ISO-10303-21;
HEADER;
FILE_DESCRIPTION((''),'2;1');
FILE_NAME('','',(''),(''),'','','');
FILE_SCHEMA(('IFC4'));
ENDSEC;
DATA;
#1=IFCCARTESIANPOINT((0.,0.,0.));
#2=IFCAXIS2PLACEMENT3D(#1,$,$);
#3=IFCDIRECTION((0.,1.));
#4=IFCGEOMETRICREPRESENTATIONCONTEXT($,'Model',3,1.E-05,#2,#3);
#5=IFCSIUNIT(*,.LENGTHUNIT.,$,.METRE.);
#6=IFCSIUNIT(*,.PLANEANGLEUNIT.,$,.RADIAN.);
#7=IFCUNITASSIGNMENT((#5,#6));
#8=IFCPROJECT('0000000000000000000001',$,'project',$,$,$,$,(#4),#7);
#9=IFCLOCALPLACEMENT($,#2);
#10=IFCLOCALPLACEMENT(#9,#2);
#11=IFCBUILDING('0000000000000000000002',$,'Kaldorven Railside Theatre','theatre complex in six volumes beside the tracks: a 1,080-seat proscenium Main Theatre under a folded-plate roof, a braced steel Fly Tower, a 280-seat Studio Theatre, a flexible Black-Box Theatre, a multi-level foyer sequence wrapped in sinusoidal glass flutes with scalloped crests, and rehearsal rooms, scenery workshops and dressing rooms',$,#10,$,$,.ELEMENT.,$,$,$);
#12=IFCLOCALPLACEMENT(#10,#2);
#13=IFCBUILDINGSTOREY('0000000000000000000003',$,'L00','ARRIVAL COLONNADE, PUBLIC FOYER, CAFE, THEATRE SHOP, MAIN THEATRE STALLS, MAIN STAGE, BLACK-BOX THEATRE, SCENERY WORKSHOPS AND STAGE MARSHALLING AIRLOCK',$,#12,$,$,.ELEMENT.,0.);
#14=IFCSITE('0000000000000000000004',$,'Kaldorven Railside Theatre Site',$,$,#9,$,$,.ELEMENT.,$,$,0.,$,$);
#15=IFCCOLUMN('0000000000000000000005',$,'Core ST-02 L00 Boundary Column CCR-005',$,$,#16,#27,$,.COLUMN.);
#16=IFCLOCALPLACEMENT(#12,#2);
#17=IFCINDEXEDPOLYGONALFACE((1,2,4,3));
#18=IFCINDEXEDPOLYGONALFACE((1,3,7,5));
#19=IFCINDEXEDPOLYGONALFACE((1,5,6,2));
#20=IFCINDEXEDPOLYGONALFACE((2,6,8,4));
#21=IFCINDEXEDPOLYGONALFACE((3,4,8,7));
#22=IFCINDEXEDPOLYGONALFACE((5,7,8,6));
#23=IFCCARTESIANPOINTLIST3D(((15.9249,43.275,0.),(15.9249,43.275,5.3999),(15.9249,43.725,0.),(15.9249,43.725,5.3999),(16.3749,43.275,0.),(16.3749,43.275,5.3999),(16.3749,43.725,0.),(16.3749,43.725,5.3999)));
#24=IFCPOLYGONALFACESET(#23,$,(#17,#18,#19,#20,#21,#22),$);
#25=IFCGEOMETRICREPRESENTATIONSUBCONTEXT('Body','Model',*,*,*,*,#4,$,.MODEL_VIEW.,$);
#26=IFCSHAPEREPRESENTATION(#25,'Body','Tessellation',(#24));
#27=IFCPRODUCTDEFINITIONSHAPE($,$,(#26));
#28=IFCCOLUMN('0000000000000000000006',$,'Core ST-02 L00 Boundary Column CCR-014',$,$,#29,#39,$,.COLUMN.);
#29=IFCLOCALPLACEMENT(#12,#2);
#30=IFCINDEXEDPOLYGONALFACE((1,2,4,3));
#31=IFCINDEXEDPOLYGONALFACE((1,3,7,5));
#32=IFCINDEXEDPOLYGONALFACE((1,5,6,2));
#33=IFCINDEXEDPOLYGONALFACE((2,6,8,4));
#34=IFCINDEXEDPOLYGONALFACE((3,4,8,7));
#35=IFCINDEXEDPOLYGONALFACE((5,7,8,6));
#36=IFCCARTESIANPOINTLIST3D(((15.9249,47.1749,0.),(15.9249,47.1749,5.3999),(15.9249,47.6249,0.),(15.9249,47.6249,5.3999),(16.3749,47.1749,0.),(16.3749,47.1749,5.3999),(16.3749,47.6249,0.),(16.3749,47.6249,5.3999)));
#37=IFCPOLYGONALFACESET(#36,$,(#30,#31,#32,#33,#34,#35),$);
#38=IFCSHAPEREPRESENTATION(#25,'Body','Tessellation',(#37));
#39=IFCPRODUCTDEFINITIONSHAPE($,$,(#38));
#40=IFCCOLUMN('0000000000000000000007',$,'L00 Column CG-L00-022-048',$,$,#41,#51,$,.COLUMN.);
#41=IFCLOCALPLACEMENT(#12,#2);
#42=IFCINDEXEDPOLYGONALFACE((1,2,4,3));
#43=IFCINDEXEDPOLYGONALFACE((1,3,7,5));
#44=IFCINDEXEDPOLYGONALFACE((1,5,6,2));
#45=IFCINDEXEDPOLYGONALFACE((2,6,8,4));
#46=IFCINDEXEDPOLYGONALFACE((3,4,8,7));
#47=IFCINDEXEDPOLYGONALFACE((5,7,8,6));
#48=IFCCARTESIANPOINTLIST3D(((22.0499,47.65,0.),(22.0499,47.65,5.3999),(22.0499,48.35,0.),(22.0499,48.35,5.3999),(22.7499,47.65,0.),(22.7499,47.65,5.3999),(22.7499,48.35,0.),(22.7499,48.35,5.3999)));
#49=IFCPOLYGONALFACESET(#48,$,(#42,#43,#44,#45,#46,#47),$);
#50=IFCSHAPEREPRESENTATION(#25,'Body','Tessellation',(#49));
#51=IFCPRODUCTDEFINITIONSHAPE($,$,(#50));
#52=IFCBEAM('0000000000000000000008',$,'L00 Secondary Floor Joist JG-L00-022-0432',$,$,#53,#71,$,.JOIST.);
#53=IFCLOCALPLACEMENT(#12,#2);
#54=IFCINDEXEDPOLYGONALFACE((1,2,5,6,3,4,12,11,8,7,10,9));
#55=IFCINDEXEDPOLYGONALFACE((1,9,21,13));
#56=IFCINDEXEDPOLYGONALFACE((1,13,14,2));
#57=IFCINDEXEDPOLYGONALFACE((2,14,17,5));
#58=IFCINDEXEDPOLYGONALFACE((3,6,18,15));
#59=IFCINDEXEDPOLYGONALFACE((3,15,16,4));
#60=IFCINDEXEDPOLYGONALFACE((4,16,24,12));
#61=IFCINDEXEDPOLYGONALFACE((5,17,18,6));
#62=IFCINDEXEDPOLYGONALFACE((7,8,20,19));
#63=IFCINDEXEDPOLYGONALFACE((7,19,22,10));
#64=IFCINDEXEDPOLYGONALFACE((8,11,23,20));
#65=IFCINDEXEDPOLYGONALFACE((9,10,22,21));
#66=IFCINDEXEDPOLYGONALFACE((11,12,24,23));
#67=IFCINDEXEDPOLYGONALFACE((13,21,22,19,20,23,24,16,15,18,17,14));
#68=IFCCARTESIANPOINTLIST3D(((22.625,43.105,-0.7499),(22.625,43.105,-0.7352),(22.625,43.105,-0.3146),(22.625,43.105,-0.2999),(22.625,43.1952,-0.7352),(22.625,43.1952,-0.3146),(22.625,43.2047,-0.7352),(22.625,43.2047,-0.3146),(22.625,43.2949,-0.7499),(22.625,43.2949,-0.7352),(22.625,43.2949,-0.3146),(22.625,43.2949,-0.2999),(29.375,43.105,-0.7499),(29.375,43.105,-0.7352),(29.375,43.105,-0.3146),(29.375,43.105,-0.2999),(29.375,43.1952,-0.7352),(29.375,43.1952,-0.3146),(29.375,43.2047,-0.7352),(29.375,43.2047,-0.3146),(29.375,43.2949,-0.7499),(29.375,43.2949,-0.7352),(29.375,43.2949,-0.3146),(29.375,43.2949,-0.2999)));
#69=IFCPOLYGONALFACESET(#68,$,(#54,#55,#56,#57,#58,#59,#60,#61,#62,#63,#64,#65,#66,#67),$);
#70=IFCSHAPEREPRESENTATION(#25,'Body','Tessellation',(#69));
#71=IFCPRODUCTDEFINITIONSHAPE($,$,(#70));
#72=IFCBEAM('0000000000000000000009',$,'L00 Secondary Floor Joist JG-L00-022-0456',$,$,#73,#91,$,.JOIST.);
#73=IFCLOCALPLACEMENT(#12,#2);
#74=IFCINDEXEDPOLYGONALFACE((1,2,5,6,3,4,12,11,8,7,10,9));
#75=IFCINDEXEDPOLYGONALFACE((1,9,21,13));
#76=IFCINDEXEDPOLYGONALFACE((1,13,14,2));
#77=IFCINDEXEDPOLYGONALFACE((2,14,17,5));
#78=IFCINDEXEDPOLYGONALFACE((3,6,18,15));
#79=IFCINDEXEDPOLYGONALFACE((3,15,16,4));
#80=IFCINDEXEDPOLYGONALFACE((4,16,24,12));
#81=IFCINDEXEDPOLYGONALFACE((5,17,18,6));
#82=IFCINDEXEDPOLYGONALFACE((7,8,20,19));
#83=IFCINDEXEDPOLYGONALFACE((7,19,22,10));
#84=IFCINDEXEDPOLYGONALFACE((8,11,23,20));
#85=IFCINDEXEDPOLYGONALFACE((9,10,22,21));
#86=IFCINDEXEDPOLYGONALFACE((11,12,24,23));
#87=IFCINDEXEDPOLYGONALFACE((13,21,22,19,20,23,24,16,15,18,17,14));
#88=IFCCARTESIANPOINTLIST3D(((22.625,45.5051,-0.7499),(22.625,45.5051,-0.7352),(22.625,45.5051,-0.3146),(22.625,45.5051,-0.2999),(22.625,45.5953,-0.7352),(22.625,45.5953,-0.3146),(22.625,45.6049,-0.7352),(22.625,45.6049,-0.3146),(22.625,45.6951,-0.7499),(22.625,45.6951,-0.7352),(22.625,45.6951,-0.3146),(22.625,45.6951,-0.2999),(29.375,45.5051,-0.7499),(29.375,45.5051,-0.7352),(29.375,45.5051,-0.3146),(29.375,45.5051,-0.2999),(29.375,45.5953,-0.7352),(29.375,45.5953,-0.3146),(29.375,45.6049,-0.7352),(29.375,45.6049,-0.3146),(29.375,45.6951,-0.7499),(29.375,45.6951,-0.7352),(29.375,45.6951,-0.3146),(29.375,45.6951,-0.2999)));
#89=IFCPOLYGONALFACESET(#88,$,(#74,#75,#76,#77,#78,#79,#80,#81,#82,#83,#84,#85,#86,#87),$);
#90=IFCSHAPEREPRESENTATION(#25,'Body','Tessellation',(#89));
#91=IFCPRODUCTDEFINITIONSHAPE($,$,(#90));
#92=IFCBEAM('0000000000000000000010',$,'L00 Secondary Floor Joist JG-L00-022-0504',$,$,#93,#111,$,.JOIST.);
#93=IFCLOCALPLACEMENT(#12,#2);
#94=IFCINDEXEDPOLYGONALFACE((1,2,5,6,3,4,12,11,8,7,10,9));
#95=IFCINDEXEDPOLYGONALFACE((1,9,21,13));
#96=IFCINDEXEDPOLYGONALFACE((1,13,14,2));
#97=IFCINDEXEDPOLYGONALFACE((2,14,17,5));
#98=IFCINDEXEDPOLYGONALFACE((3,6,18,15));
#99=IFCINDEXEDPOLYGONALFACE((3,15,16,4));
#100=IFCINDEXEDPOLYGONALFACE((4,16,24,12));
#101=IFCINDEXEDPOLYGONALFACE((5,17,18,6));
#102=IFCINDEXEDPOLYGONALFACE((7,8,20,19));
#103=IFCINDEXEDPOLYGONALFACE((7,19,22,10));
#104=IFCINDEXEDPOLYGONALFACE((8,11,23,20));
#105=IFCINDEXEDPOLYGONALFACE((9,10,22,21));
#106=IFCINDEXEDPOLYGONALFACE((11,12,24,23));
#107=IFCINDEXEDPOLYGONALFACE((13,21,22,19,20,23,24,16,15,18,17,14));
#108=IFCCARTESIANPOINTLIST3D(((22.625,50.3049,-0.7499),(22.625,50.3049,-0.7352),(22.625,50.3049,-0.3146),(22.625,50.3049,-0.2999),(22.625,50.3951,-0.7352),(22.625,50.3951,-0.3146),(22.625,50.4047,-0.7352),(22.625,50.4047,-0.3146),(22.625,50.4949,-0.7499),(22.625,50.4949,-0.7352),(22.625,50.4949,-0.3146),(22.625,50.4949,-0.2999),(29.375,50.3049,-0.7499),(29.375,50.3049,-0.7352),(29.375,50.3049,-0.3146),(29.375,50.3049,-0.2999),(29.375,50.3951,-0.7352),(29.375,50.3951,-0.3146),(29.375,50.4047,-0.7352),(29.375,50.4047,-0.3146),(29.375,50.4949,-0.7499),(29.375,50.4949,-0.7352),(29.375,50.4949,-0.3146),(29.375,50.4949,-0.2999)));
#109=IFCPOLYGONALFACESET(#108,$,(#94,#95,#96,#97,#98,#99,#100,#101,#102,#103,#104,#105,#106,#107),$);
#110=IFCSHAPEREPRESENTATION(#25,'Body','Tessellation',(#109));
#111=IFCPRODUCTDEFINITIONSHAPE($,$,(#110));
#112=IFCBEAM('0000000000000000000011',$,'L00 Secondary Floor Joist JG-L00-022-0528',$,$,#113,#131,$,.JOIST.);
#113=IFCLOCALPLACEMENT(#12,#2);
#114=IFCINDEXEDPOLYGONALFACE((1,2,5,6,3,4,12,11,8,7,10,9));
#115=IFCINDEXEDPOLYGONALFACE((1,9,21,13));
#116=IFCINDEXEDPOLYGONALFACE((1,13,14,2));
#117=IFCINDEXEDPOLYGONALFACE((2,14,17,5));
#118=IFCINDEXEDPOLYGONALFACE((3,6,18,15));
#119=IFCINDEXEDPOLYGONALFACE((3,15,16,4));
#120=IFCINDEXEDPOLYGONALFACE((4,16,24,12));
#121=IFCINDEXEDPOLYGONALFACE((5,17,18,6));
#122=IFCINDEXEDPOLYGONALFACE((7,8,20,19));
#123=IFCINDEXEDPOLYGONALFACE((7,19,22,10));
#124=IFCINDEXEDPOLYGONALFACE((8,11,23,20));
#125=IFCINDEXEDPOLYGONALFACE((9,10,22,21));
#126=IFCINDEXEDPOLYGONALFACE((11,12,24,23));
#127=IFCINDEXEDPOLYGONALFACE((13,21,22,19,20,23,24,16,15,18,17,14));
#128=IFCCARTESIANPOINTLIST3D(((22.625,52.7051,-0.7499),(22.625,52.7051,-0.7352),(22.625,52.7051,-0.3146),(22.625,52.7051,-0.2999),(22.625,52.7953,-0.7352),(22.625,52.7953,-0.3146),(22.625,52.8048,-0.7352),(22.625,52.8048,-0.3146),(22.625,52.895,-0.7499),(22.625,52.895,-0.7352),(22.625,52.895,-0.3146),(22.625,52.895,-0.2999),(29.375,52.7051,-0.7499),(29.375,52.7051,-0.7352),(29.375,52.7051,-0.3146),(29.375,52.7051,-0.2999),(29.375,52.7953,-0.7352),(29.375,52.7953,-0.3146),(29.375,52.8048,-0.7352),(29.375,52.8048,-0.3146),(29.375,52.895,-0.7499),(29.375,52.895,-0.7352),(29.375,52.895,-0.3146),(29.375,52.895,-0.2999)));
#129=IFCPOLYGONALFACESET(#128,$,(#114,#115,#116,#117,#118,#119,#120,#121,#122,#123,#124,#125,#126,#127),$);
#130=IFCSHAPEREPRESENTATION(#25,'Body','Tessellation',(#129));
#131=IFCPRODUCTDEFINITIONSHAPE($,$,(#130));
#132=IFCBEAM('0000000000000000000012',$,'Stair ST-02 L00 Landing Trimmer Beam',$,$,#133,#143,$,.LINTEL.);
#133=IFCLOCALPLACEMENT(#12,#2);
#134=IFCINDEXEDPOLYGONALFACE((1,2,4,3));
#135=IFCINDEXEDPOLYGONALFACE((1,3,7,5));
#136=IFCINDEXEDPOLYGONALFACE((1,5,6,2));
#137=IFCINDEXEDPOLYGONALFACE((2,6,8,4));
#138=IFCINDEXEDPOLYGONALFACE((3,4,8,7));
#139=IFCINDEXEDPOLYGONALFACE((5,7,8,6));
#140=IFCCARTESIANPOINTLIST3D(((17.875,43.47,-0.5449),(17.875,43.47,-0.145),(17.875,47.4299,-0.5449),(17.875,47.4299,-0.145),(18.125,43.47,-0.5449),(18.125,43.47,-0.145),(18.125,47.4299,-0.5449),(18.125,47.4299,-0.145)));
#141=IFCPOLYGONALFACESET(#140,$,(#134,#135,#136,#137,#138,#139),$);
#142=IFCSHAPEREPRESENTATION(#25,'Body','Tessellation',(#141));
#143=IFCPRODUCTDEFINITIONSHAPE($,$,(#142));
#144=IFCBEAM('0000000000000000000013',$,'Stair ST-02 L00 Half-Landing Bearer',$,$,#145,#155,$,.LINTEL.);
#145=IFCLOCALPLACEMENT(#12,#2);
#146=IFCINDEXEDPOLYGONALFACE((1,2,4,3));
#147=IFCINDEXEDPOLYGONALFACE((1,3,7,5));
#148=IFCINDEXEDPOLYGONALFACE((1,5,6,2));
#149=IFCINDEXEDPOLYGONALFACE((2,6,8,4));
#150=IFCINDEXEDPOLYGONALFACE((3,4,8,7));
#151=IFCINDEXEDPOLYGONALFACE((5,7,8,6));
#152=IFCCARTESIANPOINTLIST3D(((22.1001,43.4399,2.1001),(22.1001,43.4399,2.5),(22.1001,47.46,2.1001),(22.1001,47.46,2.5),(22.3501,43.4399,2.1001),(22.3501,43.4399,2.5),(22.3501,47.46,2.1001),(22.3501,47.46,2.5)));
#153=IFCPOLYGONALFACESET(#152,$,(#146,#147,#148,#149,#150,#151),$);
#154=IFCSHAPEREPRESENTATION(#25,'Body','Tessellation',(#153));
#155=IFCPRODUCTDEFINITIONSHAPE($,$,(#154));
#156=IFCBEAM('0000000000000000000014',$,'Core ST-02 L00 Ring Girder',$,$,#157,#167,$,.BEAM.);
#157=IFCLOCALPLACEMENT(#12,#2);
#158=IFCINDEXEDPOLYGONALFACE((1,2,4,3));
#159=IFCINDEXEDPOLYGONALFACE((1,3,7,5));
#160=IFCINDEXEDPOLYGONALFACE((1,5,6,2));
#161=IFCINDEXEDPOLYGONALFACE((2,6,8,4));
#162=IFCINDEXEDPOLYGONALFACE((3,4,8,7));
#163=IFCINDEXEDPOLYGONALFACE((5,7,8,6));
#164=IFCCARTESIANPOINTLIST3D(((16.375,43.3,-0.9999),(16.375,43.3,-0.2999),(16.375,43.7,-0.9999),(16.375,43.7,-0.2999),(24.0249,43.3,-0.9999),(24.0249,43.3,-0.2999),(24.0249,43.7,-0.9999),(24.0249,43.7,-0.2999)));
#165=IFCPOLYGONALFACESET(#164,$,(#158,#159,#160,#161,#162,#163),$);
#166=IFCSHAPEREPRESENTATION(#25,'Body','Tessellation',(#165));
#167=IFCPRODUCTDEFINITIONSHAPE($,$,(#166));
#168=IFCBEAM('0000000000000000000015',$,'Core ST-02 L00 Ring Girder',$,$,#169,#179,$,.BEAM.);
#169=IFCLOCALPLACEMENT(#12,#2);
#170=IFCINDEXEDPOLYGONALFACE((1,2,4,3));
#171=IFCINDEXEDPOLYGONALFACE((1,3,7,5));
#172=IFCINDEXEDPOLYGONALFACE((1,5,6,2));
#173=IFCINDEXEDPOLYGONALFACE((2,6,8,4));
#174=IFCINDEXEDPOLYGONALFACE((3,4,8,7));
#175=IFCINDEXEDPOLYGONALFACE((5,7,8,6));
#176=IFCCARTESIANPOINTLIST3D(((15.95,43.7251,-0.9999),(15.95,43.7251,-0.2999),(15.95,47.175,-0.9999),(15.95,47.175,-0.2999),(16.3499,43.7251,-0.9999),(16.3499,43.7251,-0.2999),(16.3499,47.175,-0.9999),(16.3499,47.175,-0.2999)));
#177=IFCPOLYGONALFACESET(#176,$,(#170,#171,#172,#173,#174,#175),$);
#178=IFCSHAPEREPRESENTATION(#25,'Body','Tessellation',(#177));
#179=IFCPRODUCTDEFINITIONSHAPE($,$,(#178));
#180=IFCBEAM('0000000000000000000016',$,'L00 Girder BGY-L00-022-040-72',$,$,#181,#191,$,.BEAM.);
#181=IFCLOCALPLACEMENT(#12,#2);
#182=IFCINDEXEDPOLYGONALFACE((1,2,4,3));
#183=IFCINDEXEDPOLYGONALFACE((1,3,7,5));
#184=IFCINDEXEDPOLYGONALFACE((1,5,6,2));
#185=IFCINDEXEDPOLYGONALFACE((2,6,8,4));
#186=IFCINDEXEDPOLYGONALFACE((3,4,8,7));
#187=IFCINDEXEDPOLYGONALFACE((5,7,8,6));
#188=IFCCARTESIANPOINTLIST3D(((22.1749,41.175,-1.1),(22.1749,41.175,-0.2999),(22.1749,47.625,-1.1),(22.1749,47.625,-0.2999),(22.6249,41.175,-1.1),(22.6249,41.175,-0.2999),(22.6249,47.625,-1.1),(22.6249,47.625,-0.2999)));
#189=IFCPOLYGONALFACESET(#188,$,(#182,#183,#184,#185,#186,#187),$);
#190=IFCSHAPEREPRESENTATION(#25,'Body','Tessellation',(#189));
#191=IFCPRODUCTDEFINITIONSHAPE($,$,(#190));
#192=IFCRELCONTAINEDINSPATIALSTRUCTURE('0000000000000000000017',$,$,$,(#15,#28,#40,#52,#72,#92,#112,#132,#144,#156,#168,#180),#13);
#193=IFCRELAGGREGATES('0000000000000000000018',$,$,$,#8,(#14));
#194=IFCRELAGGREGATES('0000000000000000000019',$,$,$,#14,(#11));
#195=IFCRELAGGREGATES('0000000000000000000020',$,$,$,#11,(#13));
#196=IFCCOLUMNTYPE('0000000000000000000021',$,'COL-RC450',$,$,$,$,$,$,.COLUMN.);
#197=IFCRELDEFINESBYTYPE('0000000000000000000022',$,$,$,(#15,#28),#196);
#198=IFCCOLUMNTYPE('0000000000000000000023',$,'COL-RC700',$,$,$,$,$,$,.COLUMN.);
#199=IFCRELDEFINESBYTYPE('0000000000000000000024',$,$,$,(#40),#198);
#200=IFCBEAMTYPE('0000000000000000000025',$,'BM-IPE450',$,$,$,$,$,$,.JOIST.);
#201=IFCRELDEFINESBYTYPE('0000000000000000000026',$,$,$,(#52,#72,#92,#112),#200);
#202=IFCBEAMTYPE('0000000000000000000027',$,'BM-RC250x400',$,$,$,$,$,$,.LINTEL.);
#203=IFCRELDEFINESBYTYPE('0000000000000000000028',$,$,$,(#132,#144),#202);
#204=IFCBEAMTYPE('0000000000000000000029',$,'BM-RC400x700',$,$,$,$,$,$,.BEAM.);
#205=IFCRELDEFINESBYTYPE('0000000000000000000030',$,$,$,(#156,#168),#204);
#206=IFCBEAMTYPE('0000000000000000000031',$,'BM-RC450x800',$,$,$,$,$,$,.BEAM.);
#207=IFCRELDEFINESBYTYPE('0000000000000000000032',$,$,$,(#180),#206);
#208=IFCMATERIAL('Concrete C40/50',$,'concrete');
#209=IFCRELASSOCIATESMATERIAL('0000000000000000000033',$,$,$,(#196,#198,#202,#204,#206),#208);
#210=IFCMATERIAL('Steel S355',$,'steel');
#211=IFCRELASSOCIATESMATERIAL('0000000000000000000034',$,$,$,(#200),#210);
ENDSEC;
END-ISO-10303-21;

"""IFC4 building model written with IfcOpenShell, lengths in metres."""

from ifc_helpers import new_model, si_unit, direction, frame, origin, origin_2d, place, context, subcontext, project, spatial, rectangle, i_section, extrude, material, material_profile, profile_set, type_object, element, save


model = new_model("IFC4")

# Units and contexts
model_context = context("Model", 3, precision=1e-05, world=origin(), true_north=direction((0.0, 1.0)))
body_context = subcontext(model_context, "Body", "Model", "MODEL_VIEW")
ifc_project = project(units=[si_unit("LENGTHUNIT", "METRE"), si_unit("PLANEANGLEUNIT", "RADIAN")], contexts=[model_context])

# Site, building, storey
site_placement = place(None, origin())
site = spatial("IfcSite", under=ifc_project, at=site_placement, Name="Kaldorven Railside Theatre Site", CompositionType="ELEMENT", RefElevation=0.0)
building_placement = place(site_placement, origin())
building = spatial("IfcBuilding", under=site, at=building_placement, Name="Kaldorven Railside Theatre", Description="theatre complex in six volumes beside the tracks: a 1,080-seat proscenium Main Theatre under a folded-plate roof, a braced steel Fly Tower, a 280-seat Studio Theatre, a flexible Black-Box Theatre, a multi-level foyer sequence wrapped in sinusoidal glass flutes with scalloped crests, and rehearsal rooms, scenery workshops and dressing rooms", CompositionType="ELEMENT")
storey_placement = place(building_placement, origin())
storey = spatial("IfcBuildingStorey", under=building, at=storey_placement, Name="L00", Description="ARRIVAL COLONNADE, PUBLIC FOYER, CAFE, THEATRE SHOP, MAIN THEATRE STALLS, MAIN STAGE, BLACK-BOX THEATRE, SCENERY WORKSHOPS AND STAGE MARSHALLING AIRLOCK", CompositionType="ELEMENT", Elevation=0.0)

# Columns
ifc_material_1 = material(Name="Concrete C40/50", Category="concrete")
ifc_material_profile_1 = material_profile(ifc_material_1, rectangle(XDim=0.45, YDim=0.45, at=origin_2d()), Name="RC 450x450")
ifc_profile_set_1 = profile_set([ifc_material_profile_1], Name="Concrete C40/50")
column_type_1 = type_object("IfcColumnType", Name="COL-RC450", PredefinedType="COLUMN", material=ifc_profile_set_1)
for number, where, z_axis, x_axis, name in (
    (1, (16.1499, 43.5, 0.0), (0.0, 0.0, 1.0), (1.0, 0.0, 0.0), "Core ST-02 L00 Boundary Column CCR-005"),
    (2, (16.1499, 47.3999, 0.0), (0.0, 0.0, 1.0), (1.0, 0.0, 0.0), "Core ST-02 L00 Boundary Column CCR-014"),
):
    element("IfcColumn", number, at=place(storey_placement, frame(where, z_axis=z_axis, x_axis=x_axis)), inside=storey, type_object=column_type_1, Name=name, PredefinedType="COLUMN", context=body_context, shape_type="SweptSolid", body=[
        extrude(rectangle(XDim=0.45, YDim=0.45, at=origin_2d()), origin(), (0.0, 0.0, 1.0), 5.3999),
    ])
ifc_material_profile_2 = material_profile(ifc_material_1, rectangle(XDim=0.7, YDim=0.7, at=origin_2d()), Name="RC 700x700")
ifc_profile_set_2 = profile_set([ifc_material_profile_2], Name="Concrete C40/50")
column_type_2 = type_object("IfcColumnType", Name="COL-RC700", PredefinedType="COLUMN", material=ifc_profile_set_2)
column_placement = place(storey_placement, frame((22.3999, 48.0, 0.0), z_axis=(0.0, 0.0, 1.0), x_axis=(1.0, 0.0, 0.0)))
element("IfcColumn", 3, at=column_placement, inside=storey, type_object=column_type_2, Name="L00 Column CG-L00-022-048", PredefinedType="COLUMN", context=body_context, shape_type="SweptSolid", body=[
    extrude(rectangle(XDim=0.7, YDim=0.7, at=origin_2d()), origin(), (0.0, 0.0, 1.0), 5.3999),
])

# Beams
ifc_material_2 = material(Name="Steel S355", Category="steel")
ifc_material_profile_3 = material_profile(ifc_material_2, i_section(OverallWidth=0.1899, OverallDepth=0.45, WebThickness=0.0095, FlangeThickness=0.0146, at=origin_2d()), Name="IPE 450")
ifc_profile_set_3 = profile_set([ifc_material_profile_3], Name="Steel S355")
beam_type_1 = type_object("IfcBeamType", Name="BM-IPE450", PredefinedType="JOIST", material=ifc_profile_set_3)
for number, where, z_axis, x_axis, name in (
    (4, (22.625, 43.2, -0.5249), (1.0, 0.0, 0.0), (0.0, 1.0, 0.0), "L00 Secondary Floor Joist JG-L00-022-0432"),
    (5, (22.625, 45.6001, -0.5249), (1.0, 0.0, 0.0), (0.0, 1.0, 0.0), "L00 Secondary Floor Joist JG-L00-022-0456"),
    (6, (22.625, 50.3999, -0.5249), (1.0, 0.0, 0.0), (0.0, 1.0, 0.0), "L00 Secondary Floor Joist JG-L00-022-0504"),
    (7, (22.625, 52.8, -0.5249), (1.0, 0.0, 0.0), (0.0, 1.0, 0.0), "L00 Secondary Floor Joist JG-L00-022-0528"),
):
    element("IfcBeam", number, at=place(storey_placement, frame(where, z_axis=z_axis, x_axis=x_axis)), inside=storey, type_object=beam_type_1, Name=name, PredefinedType="JOIST", context=body_context, shape_type="SweptSolid", body=[
        extrude(i_section(OverallWidth=0.1899, OverallDepth=0.45, WebThickness=0.0095, FlangeThickness=0.0146, at=origin_2d()), origin(), (0.0, 0.0, 1.0), 6.75),
    ])
ifc_material_profile_4 = material_profile(ifc_material_1, rectangle(XDim=0.25, YDim=0.3999, at=origin_2d()), Name="RC 250x400")
ifc_profile_set_4 = profile_set([ifc_material_profile_4], Name="Concrete C40/50")
beam_type_2 = type_object("IfcBeamType", Name="BM-RC250x400", PredefinedType="LINTEL", material=ifc_profile_set_4)
beam_1_placement = place(storey_placement, frame((18.0, 43.47, -0.345), z_axis=(0.0, 1.0, 0.0), x_axis=(-1.0, 0.0, 0.0)))
element("IfcBeam", 8, at=beam_1_placement, inside=storey, type_object=beam_type_2, Name="Stair ST-02 L00 Landing Trimmer Beam", PredefinedType="LINTEL", context=body_context, shape_type="SweptSolid", body=[
    extrude(rectangle(XDim=0.25, YDim=0.3999, at=origin_2d()), origin(), (0.0, 0.0, 1.0), 3.96),
])
beam_2_placement = place(storey_placement, frame((22.2251, 43.4399, 2.3), z_axis=(0.0, 1.0, 0.0), x_axis=(-1.0, 0.0, 0.0)))
element("IfcBeam", 9, at=beam_2_placement, inside=storey, type_object=beam_type_2, Name="Stair ST-02 L00 Half-Landing Bearer", PredefinedType="LINTEL", context=body_context, shape_type="SweptSolid", body=[
    extrude(rectangle(XDim=0.25, YDim=0.3999, at=origin_2d()), origin(), (0.0, 0.0, 1.0), 4.02),
])
ifc_material_profile_5 = material_profile(ifc_material_1, rectangle(XDim=0.3999, YDim=0.7, at=origin_2d()), Name="RC 400x700")
ifc_profile_set_5 = profile_set([ifc_material_profile_5], Name="Concrete C40/50")
beam_type_3 = type_object("IfcBeamType", Name="BM-RC400x700", PredefinedType="BEAM", material=ifc_profile_set_5)
beam_3_placement = place(storey_placement, frame((16.375, 43.5, -0.6499), z_axis=(1.0, 0.0, 0.0), x_axis=(0.0, 1.0, 0.0)))
element("IfcBeam", 10, at=beam_3_placement, inside=storey, type_object=beam_type_3, Name="Core ST-02 L00 Ring Girder", PredefinedType="BEAM", context=body_context, shape_type="SweptSolid", body=[
    extrude(rectangle(XDim=0.3999, YDim=0.7, at=origin_2d()), origin(), (0.0, 0.0, 1.0), 7.6499),
])
beam_4_placement = place(storey_placement, frame((16.1499, 47.175, -0.6499), z_axis=(0.0, -1.0, 0.0), x_axis=(1.0, 0.0, 0.0)))
element("IfcBeam", 11, at=beam_4_placement, inside=storey, type_object=beam_type_3, Name="Core ST-02 L00 Ring Girder", PredefinedType="BEAM", context=body_context, shape_type="SweptSolid", body=[
    extrude(rectangle(XDim=0.3999, YDim=0.7, at=origin_2d()), origin(), (0.0, 0.0, 1.0), 3.45),
])
ifc_material_profile_6 = material_profile(ifc_material_1, rectangle(XDim=0.45, YDim=0.8, at=origin_2d()), Name="RC 450x800")
ifc_profile_set_6 = profile_set([ifc_material_profile_6], Name="Concrete C40/50")
beam_type_4 = type_object("IfcBeamType", Name="BM-RC450x800", PredefinedType="BEAM", material=ifc_profile_set_6)
for number, where, z_axis, x_axis, name in (
    (12, (22.3999, 41.175, -0.7), (0.0, 1.0, 0.0), (-1.0, 0.0, 0.0), "L00 Girder BGY-L00-022-040-72"),
):
    element("IfcBeam", number, at=place(storey_placement, frame(where, z_axis=z_axis, x_axis=x_axis)), inside=storey, type_object=beam_type_4, Name=name, PredefinedType="BEAM", context=body_context, shape_type="SweptSolid", body=[
        extrude(rectangle(XDim=0.45, YDim=0.8, at=origin_2d()), origin(), (0.0, 0.0, 1.0), 6.45),
    ])

save(model, "model.ifc")
